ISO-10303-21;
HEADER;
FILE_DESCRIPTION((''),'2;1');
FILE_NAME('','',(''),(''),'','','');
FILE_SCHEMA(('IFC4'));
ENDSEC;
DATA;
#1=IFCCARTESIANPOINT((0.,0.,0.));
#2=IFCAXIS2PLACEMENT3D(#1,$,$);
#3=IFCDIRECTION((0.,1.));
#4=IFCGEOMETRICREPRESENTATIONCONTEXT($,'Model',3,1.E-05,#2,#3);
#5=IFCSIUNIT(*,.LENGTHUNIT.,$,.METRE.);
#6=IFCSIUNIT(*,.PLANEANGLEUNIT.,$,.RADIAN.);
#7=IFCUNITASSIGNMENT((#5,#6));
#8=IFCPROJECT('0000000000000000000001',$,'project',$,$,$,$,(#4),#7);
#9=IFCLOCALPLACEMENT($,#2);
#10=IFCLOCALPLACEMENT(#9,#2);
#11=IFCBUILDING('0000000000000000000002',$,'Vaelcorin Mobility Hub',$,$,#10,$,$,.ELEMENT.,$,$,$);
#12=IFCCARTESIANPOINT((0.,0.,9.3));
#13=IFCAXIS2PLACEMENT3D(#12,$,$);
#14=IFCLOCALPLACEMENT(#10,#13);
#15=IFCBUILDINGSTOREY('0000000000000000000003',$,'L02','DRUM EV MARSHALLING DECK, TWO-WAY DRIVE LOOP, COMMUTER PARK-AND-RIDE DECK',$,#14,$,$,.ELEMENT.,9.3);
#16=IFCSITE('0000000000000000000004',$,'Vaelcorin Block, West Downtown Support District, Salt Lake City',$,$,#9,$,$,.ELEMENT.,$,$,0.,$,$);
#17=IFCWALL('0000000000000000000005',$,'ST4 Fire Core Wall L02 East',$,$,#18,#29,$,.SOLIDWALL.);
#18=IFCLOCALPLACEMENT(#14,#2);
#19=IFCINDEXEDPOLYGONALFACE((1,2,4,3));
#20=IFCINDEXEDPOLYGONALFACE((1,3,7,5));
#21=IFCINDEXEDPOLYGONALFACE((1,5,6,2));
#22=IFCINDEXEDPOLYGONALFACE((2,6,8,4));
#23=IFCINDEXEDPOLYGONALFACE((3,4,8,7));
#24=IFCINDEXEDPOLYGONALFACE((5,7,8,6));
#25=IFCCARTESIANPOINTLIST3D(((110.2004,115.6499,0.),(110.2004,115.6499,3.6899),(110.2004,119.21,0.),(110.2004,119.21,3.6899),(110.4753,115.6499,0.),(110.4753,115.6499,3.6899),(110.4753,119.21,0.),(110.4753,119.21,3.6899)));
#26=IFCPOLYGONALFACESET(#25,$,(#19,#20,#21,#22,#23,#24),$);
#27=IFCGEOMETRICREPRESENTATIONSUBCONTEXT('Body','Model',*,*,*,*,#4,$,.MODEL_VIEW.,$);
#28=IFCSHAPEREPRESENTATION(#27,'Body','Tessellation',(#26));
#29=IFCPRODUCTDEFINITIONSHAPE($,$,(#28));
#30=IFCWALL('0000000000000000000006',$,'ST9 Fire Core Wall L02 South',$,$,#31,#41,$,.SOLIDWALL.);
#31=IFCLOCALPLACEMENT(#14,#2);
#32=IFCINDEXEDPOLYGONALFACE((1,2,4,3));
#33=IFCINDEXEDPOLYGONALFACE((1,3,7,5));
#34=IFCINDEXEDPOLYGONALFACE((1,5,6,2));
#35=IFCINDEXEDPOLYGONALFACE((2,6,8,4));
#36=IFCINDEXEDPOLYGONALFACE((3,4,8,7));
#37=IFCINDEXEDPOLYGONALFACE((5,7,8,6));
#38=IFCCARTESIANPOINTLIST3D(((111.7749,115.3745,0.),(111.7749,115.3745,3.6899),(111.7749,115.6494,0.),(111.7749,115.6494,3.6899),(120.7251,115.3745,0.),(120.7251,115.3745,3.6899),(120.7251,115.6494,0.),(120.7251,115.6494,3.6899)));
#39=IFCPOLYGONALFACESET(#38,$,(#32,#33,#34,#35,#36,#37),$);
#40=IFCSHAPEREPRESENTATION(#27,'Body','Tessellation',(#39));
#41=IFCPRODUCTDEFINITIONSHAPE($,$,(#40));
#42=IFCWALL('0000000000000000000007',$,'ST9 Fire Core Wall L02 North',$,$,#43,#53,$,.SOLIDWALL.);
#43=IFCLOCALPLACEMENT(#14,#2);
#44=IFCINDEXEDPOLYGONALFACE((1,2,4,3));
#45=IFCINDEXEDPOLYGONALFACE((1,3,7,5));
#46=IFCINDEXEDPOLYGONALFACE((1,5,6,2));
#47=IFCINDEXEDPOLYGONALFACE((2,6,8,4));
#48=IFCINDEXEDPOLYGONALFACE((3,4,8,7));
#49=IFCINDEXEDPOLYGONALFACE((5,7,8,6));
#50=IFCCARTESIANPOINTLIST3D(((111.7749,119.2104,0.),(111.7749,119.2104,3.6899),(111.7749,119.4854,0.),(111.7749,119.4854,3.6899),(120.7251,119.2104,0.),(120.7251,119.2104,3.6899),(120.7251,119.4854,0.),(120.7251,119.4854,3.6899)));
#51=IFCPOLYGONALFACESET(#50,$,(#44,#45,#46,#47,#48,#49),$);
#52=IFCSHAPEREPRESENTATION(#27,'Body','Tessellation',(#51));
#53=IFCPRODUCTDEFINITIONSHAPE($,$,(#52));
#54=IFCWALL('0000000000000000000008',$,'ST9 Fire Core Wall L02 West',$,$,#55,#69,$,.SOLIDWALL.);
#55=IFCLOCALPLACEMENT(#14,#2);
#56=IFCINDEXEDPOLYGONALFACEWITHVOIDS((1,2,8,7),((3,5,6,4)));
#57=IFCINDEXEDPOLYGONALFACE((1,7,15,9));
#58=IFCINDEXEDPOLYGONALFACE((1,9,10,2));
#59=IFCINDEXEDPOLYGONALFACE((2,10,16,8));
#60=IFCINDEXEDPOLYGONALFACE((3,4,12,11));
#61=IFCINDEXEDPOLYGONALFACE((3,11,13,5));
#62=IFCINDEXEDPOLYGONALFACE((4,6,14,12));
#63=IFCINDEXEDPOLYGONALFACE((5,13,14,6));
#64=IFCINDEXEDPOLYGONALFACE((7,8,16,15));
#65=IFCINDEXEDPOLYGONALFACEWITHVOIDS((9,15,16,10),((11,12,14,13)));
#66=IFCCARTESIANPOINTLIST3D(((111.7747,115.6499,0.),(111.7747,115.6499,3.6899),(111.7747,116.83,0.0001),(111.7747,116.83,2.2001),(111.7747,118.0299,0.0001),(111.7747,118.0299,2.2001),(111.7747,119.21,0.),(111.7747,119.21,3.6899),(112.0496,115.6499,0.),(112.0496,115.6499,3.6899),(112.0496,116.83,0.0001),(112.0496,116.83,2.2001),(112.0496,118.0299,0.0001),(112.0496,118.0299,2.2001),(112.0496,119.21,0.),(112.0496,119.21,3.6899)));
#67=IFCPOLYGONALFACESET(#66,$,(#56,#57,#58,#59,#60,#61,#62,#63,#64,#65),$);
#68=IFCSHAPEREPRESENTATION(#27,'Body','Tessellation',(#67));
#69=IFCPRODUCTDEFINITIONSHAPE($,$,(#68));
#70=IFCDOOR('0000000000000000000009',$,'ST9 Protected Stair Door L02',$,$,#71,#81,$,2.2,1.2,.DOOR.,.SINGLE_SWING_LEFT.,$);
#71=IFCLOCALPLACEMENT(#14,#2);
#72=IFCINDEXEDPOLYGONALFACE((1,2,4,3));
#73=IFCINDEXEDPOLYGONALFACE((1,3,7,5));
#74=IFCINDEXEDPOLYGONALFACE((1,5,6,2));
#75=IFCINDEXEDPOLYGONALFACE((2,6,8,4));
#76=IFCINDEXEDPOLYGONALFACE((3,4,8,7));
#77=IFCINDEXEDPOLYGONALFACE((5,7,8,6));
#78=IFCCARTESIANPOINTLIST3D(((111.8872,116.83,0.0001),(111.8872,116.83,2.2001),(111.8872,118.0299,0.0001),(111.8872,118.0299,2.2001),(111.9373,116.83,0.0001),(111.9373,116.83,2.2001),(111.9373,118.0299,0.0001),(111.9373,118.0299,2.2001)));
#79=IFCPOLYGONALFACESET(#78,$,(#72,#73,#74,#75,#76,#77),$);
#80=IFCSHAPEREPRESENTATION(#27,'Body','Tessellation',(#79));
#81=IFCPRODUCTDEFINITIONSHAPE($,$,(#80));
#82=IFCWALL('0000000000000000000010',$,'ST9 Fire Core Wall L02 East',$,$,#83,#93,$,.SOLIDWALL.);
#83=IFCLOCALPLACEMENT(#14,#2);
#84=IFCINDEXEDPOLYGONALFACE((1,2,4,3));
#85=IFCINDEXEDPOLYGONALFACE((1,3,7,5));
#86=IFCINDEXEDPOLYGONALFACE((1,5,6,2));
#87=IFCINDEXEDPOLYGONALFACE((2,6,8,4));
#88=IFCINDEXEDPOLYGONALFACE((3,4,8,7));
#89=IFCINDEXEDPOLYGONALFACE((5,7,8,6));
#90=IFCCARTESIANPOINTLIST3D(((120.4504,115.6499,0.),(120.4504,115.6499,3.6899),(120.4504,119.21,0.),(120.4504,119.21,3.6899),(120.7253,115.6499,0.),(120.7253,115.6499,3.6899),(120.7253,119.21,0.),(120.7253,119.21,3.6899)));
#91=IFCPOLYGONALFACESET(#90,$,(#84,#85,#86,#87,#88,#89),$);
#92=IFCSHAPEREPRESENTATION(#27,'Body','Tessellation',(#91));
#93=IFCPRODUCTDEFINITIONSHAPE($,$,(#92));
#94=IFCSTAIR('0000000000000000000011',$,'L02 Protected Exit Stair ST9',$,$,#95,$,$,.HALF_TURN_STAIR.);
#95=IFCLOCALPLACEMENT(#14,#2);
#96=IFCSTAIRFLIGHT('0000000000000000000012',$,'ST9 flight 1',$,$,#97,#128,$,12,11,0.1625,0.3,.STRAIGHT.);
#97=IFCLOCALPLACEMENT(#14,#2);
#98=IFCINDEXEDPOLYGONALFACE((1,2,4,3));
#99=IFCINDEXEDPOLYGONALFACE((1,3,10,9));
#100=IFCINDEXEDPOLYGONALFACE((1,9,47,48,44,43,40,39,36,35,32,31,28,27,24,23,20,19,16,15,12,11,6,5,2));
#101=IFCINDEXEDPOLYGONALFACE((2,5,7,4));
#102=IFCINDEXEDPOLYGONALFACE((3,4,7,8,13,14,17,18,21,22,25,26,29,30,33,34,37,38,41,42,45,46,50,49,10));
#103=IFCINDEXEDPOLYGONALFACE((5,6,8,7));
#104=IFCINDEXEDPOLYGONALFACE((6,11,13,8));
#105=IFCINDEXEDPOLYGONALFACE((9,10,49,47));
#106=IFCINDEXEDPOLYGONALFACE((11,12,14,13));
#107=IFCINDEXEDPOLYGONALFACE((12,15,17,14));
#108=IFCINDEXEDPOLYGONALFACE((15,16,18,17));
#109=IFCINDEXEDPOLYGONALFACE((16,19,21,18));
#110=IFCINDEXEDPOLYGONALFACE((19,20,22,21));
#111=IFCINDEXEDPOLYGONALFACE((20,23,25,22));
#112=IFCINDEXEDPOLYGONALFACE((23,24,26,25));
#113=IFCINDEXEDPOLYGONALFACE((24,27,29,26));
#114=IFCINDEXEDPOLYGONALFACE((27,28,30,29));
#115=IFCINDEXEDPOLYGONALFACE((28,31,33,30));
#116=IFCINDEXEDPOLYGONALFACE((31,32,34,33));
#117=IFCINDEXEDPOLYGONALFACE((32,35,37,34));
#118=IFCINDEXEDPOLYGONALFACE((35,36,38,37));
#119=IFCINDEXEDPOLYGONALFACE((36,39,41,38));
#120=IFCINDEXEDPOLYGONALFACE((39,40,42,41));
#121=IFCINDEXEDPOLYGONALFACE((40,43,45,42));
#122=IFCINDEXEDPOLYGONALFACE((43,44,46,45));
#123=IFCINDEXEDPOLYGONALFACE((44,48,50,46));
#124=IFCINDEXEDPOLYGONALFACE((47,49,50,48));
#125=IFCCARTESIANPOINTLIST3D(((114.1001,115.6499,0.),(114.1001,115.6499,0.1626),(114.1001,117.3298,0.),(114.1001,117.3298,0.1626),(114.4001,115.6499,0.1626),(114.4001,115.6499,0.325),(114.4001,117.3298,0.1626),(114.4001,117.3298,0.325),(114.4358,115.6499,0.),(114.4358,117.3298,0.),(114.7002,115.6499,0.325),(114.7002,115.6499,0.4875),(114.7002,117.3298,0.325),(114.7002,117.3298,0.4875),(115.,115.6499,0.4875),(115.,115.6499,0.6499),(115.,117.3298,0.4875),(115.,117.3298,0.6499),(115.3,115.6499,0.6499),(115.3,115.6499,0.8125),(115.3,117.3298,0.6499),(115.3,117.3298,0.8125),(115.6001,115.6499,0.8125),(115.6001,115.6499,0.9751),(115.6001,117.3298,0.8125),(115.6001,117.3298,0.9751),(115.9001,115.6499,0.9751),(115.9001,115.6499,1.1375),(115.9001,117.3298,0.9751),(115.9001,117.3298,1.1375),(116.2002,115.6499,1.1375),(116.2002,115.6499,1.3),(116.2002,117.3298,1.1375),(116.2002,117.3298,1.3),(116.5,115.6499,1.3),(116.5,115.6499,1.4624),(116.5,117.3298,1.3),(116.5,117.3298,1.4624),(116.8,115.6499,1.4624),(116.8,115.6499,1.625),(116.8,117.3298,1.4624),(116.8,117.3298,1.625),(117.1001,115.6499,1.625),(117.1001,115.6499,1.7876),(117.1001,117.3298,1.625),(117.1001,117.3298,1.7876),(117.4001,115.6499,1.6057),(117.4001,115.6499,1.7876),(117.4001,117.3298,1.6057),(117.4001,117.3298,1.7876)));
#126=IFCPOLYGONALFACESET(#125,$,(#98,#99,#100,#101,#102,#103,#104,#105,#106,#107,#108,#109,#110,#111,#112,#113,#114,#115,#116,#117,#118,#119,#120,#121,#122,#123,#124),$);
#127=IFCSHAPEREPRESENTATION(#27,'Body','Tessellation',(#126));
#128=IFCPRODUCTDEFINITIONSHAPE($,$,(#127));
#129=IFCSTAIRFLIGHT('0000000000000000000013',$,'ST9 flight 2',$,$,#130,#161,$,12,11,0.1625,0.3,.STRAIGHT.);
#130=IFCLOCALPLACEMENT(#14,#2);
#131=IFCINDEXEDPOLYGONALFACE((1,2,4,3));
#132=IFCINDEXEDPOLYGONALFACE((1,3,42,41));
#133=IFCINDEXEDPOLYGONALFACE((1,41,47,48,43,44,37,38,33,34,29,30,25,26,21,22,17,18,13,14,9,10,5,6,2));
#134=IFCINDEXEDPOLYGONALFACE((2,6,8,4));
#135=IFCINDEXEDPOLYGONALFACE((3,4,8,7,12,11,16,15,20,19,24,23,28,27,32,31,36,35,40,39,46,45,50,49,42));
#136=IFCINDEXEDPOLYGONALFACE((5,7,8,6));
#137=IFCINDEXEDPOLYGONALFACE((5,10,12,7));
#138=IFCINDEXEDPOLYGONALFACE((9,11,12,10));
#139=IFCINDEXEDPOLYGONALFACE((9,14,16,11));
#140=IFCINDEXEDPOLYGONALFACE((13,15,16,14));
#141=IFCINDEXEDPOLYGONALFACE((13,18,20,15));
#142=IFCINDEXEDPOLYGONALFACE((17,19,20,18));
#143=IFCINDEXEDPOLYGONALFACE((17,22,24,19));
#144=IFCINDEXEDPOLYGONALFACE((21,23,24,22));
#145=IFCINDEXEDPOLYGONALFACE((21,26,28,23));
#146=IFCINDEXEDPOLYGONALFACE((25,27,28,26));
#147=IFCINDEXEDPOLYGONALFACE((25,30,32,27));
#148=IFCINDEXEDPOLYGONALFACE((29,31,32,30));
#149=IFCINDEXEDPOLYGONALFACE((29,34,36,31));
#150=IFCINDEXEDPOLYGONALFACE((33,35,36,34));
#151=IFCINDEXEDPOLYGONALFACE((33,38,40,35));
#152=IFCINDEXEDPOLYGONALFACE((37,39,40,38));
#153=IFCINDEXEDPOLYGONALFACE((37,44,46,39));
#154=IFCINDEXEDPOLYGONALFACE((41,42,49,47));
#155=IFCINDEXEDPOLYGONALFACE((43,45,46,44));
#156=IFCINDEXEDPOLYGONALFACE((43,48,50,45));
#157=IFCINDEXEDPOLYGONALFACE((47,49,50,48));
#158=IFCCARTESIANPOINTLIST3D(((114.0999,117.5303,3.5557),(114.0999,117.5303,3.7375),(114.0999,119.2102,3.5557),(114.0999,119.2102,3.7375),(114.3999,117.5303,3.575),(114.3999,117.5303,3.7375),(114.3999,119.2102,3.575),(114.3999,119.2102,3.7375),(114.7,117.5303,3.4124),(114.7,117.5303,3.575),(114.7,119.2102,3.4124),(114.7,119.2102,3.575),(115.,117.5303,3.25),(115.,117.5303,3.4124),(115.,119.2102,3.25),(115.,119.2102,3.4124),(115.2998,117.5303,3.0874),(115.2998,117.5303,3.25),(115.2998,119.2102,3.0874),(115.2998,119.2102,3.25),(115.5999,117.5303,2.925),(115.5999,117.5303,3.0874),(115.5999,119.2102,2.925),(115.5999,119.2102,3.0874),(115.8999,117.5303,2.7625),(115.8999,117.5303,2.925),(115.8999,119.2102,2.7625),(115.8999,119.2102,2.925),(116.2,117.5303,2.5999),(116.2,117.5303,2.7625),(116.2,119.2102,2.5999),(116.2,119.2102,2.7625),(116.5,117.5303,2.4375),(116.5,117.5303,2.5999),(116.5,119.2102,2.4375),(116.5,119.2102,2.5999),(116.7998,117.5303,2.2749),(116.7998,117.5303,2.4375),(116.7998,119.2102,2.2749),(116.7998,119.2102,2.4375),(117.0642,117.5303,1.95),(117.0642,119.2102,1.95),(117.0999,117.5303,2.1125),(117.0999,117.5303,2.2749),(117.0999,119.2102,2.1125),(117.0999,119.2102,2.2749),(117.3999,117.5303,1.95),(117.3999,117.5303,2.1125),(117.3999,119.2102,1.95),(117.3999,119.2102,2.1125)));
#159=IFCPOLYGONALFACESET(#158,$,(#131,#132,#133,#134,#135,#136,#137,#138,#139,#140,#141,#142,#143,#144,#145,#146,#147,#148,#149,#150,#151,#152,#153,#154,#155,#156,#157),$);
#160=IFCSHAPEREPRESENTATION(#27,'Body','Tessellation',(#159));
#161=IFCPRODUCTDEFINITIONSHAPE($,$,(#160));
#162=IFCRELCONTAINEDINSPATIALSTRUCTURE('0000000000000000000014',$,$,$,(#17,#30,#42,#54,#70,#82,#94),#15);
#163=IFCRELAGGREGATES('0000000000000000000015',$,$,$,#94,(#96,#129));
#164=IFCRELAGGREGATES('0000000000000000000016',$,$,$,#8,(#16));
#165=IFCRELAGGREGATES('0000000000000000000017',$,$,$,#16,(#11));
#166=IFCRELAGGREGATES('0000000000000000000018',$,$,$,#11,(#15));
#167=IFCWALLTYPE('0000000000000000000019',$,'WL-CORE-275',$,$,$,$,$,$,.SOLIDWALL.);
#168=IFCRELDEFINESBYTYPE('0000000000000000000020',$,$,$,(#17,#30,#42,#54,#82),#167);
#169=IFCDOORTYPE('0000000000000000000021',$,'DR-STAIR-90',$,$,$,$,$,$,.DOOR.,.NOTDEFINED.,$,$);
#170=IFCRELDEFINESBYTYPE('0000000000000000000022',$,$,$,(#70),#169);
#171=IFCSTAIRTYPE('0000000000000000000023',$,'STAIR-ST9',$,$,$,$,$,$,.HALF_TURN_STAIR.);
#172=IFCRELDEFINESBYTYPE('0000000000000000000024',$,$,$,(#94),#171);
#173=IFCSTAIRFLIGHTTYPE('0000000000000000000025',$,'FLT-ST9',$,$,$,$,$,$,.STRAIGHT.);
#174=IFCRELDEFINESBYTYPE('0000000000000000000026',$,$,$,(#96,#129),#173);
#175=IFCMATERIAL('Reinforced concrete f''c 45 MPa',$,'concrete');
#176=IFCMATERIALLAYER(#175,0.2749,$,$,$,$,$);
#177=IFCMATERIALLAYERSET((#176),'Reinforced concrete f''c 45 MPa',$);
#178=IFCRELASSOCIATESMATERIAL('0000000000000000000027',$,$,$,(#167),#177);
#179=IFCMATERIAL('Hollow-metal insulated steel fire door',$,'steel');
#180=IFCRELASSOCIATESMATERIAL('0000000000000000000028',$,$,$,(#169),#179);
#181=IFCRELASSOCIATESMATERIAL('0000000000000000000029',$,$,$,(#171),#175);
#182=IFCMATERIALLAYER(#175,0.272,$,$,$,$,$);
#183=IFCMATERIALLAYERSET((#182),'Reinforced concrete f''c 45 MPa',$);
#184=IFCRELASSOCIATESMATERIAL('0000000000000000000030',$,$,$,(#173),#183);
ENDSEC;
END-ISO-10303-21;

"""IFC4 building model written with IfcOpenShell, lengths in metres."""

from ifc_helpers import new_model, si_unit, direction, frame, frame_2d, origin, place, context, subcontext, project, spatial, polyline, rectangle, outline, extrude, material, layer, layer_set, type_object, element, fill, aggregate, save


model = new_model("IFC4")

# Units and contexts
model_context = context("Model", 3, precision=1e-05, world=origin(), true_north=direction((0.0, 1.0)))
body_context = subcontext(model_context, "Body", "Model", "MODEL_VIEW")
ifc_project = project(units=[si_unit("LENGTHUNIT", "METRE"), si_unit("PLANEANGLEUNIT", "RADIAN")], contexts=[model_context])

# Site, building, storey
site_placement = place(None, origin())
site = spatial("IfcSite", under=ifc_project, at=site_placement, Name="Vaelcorin Block, West Downtown Support District, Salt Lake City", CompositionType="ELEMENT", RefElevation=0.0)
building_placement = place(site_placement, origin())
building = spatial("IfcBuilding", under=site, at=building_placement, Name="Vaelcorin Mobility Hub", CompositionType="ELEMENT")
storey_placement = place(building_placement, frame((0.0, 0.0, 9.3)))
storey = spatial("IfcBuildingStorey", under=building, at=storey_placement, Name="L02", Description="DRUM EV MARSHALLING DECK, TWO-WAY DRIVE LOOP, COMMUTER PARK-AND-RIDE DECK", CompositionType="ELEMENT", Elevation=9.3)

# Walls
ifc_material_1 = material(Name="Reinforced concrete f'c 45 MPa", Category="concrete")
ifc_layer_1 = layer(ifc_material_1, 0.2749)
ifc_layer_set_1 = layer_set([ifc_layer_1], Name="Reinforced concrete f'c 45 MPa")
wall_type = type_object("IfcWallType", Name="WL-CORE-275", PredefinedType="SOLIDWALL", material=ifc_layer_set_1)
wall_1_placement = place(storey_placement, frame((110.3379, 119.21, 0.0), z_axis=(0.0, 0.0, 1.0), x_axis=(0.0, -1.0, 0.0)))
element("IfcWall", 1, at=wall_1_placement, inside=storey, type_object=wall_type, Name="ST4 Fire Core Wall L02 East", PredefinedType="SOLIDWALL", context=body_context, shape_type="SweptSolid", body=[
    extrude(rectangle(XDim=3.5601, YDim=0.2749, at=frame_2d((1.78, 0.0))), origin(), (0.0, 0.0, 1.0), 3.6899),
])
for number, where, z_axis, x_axis, name in (
    (2, (120.7251, 115.512, 0.0), (0.0, 0.0, 1.0), (-1.0, 0.0, 0.0), "ST9 Fire Core Wall L02 South"),
    (3, (111.7749, 119.3479, 0.0), (0.0, 0.0, 1.0), (1.0, 0.0, 0.0), "ST9 Fire Core Wall L02 North"),
):
    element("IfcWall", number, at=place(storey_placement, frame(where, z_axis=z_axis, x_axis=x_axis)), inside=storey, type_object=wall_type, Name=name, PredefinedType="SOLIDWALL", context=body_context, shape_type="SweptSolid", body=[
        extrude(rectangle(XDim=8.9502, YDim=0.2749, at=frame_2d((4.4751, 0.0))), origin(), (0.0, 0.0, 1.0), 3.6899),
    ])

# Wall, opening, door
wall_2_placement = place(storey_placement, frame((111.9121, 115.6499, 0.0), z_axis=(0.0, 0.0, 1.0), x_axis=(0.0, 1.0, 0.0)))
wall_2 = element("IfcWall", 4, at=wall_2_placement, inside=storey, type_object=wall_type, Name="ST9 Fire Core Wall L02 West", PredefinedType="SOLIDWALL", context=body_context, shape_type="SweptSolid", body=[
    extrude(rectangle(XDim=3.5601, YDim=0.2749, at=frame_2d((1.78, 0.0))), origin(), (0.0, 0.0, 1.0), 3.6899),
])
opening_placement = place(wall_2_placement, frame((1.1799, 0.0, 0.0)))
opening = element("IfcOpeningElement", 5, at=opening_placement, cuts=wall_2, PredefinedType="OPENING", context=body_context, shape_type="SweptSolid", body=[
    extrude(rectangle(XDim=1.2, YDim=2.2, at=frame_2d((0.6001, 1.1001))), frame((0.0, 0.1475, 0.0), z_axis=(0.0, -1.0, 0.0), x_axis=(1.0, 0.0, 0.0)), (0.0, 0.0, 1.0), 0.2949),
])
ifc_material_2 = material(Name="Hollow-metal insulated steel fire door", Category="steel")
door_type = type_object("IfcDoorType", Name="DR-STAIR-90", OperationType="NOTDEFINED", PredefinedType="DOOR", material=ifc_material_2)
door_placement = place(opening_placement, origin())
door = element("IfcDoor", 6, at=door_placement, inside=storey, type_object=door_type, Name="ST9 Protected Stair Door L02", OperationType="SINGLE_SWING_LEFT", OverallHeight=2.2, OverallWidth=1.2, PredefinedType="DOOR", context=body_context, shape_type="SweptSolid", body=[
    extrude(rectangle(XDim=1.2, YDim=2.2, at=frame_2d((0.6001, 1.1001))), frame((0.0, 0.0249, 0.0), z_axis=(0.0, -1.0, 0.0), x_axis=(1.0, 0.0, 0.0)), (0.0, 0.0, 1.0), 0.05),
])
fill(opening, door)

# Wall
wall_3_placement = place(storey_placement, frame((120.5879, 119.21, 0.0), z_axis=(0.0, 0.0, 1.0), x_axis=(0.0, -1.0, 0.0)))
element("IfcWall", 7, at=wall_3_placement, inside=storey, type_object=wall_type, Name="ST9 Fire Core Wall L02 East", PredefinedType="SOLIDWALL", context=body_context, shape_type="SweptSolid", body=[
    extrude(rectangle(XDim=3.5601, YDim=0.2749, at=frame_2d((1.78, 0.0))), origin(), (0.0, 0.0, 1.0), 3.6899),
])

# Stair, stair flights
stair_type = type_object("IfcStairType", Name="STAIR-ST9", PredefinedType="HALF_TURN_STAIR", material=ifc_material_1)
stair_placement = place(storey_placement, origin())
stair = element("IfcStair", 8, at=stair_placement, inside=storey, type_object=stair_type, Name="L02 Protected Exit Stair ST9", PredefinedType="HALF_TURN_STAIR")
ifc_layer_2 = layer(ifc_material_1, 0.272)
ifc_layer_set_2 = layer_set([ifc_layer_2], Name="Reinforced concrete f'c 45 MPa")
stair_flight_type = type_object("IfcStairFlightType", Name="FLT-ST9", PredefinedType="STRAIGHT", material=ifc_layer_set_2)
stair_flight_1_placement = place(storey_placement, frame((114.1001, 116.49, 0.0), z_axis=(0.0, 0.0, 1.0), x_axis=(1.0, 0.0, 0.0)))
stair_flight_1 = element("IfcStairFlight", 9, at=stair_flight_1_placement, type_object=stair_flight_type, Name="ST9 flight 1", NumberOfRisers=12, NumberOfTreads=11, PredefinedType="STRAIGHT", RiserHeight=0.1625, TreadLength=0.3, context=body_context, shape_type="SweptSolid", body=[
    extrude(outline(polyline([(0.0, 0.0), (0.0, 0.1626), (0.3, 0.1626), (0.3, 0.325), (0.6001, 0.325), (0.6001, 0.4875), (0.8999, 0.4875), (0.8999, 0.6499), (1.2, 0.6499), (1.2, 0.8125), (1.5, 0.8125), (1.5, 0.9751), (1.8, 0.9751), (1.8, 1.1375), (2.1001, 1.1375), (2.1001, 1.3), (2.3999, 1.3), (2.3999, 1.4624), (2.7, 1.4624), (2.7, 1.625), (3.0, 1.625), (3.0, 1.7876), (3.3, 1.7876), (3.3, 1.95), (3.3, 1.6057), (0.3357, 0.0), (0.0, 0.0)])), frame((0.0, 0.8398, 0.0), z_axis=(0.0, -1.0, 0.0), x_axis=(1.0, 0.0, 0.0)), (0.0, 0.0, 1.0), 1.6799),
])
stair_flight_2_placement = place(storey_placement, frame((117.3999, 118.3701, 1.95), z_axis=(0.0, 0.0, 1.0), x_axis=(-1.0, 0.0, 0.0)))
stair_flight_2 = element("IfcStairFlight", 10, at=stair_flight_2_placement, type_object=stair_flight_type, Name="ST9 flight 2", NumberOfRisers=12, NumberOfTreads=11, PredefinedType="STRAIGHT", RiserHeight=0.1625, TreadLength=0.3, context=body_context, shape_type="SweptSolid", body=[
    extrude(outline(polyline([(0.0, 0.0), (0.0, 0.1626), (0.3, 0.1626), (0.3, 0.325), (0.6001, 0.325), (0.6001, 0.4875), (0.8999, 0.4875), (0.8999, 0.6499), (1.2, 0.6499), (1.2, 0.8125), (1.5, 0.8125), (1.5, 0.9751), (1.8, 0.9751), (1.8, 1.1375), (2.1001, 1.1375), (2.1001, 1.3), (2.3999, 1.3), (2.3999, 1.4624), (2.7, 1.4624), (2.7, 1.625), (3.0, 1.625), (3.0, 1.7876), (3.3, 1.7876), (3.3, 1.95), (3.3, 1.6057), (0.3357, 0.0), (0.0, 0.0)])), frame((0.0, 0.8398, 0.0), z_axis=(0.0, -1.0, 0.0), x_axis=(1.0, 0.0, 0.0)), (0.0, 0.0, 1.0), 1.6799),
])
aggregate(stair, [stair_flight_1, stair_flight_2])

save(model, "model.ifc")
